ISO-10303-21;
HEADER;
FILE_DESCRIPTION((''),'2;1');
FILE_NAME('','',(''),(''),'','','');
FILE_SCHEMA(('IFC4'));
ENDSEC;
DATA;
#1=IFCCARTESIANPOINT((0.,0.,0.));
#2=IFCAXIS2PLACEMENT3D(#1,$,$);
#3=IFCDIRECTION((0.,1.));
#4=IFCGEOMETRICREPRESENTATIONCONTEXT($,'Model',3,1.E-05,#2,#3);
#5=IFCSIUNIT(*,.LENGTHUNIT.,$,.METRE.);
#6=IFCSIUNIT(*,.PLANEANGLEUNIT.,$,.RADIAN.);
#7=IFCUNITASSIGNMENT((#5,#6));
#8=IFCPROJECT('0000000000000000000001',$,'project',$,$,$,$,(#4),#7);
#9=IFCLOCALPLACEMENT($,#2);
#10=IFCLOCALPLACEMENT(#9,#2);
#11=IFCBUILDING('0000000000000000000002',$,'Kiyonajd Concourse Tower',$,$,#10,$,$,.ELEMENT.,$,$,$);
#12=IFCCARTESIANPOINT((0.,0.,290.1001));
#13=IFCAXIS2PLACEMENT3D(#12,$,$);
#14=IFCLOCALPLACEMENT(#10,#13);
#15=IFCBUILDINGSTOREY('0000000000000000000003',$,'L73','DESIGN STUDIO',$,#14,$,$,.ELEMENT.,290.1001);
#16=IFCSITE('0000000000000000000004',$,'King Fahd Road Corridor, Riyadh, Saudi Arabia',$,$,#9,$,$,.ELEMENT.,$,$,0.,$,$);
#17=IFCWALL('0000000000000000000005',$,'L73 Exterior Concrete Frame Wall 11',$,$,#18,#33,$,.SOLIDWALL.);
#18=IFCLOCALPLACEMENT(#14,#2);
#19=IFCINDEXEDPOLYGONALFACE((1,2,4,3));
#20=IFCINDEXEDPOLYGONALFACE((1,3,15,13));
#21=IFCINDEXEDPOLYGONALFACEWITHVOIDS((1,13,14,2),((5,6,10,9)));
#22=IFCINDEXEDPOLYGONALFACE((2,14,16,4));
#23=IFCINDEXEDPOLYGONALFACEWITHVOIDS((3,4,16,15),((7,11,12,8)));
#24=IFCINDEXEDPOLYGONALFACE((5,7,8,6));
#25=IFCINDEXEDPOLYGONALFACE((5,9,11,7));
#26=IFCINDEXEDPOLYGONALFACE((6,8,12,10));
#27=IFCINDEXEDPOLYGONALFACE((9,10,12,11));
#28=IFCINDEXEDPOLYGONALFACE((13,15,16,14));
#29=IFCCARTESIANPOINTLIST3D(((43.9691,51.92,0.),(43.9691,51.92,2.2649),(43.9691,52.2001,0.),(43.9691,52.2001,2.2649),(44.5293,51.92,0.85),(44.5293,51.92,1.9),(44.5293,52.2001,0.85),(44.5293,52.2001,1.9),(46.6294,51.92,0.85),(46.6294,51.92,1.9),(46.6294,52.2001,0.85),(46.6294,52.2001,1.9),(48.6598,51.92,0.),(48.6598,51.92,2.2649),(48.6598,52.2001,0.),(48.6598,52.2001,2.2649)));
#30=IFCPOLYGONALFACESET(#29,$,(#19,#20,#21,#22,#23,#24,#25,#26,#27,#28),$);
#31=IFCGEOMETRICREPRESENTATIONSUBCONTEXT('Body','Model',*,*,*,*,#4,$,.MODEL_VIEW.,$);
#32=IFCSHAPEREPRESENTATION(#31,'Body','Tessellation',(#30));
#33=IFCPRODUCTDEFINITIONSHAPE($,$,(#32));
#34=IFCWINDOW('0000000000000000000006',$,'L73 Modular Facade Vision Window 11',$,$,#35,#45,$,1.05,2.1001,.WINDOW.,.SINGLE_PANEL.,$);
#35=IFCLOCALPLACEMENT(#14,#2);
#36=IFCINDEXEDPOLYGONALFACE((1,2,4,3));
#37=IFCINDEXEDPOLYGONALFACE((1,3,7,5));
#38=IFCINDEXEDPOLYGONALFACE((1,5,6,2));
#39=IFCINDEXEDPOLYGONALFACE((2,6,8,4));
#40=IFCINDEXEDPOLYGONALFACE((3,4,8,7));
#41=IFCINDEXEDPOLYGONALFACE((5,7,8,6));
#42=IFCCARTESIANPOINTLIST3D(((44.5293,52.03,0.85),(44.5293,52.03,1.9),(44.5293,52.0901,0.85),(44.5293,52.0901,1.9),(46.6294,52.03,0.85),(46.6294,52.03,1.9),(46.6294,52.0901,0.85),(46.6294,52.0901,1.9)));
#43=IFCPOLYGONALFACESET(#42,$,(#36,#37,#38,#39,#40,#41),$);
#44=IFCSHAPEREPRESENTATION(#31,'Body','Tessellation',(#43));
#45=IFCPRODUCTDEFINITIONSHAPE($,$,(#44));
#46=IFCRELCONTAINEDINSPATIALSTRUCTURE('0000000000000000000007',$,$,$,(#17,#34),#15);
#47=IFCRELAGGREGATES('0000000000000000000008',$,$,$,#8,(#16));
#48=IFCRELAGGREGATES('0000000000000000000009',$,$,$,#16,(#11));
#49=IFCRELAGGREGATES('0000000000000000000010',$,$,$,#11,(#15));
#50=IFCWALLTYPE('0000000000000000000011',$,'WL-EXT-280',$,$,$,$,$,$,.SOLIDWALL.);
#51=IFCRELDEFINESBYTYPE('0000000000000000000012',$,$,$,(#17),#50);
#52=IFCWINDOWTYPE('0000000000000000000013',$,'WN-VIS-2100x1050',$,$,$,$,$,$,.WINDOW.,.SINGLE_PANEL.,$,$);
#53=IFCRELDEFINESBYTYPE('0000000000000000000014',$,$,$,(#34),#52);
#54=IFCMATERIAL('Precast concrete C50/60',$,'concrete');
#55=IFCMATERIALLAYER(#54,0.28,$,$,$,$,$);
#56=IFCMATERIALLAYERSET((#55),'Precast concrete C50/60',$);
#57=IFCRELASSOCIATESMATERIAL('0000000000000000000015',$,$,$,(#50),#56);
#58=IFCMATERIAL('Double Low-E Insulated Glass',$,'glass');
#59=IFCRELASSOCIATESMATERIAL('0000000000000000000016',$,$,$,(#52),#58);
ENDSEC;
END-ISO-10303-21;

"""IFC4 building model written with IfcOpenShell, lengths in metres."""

from ifc_helpers import new_model, si_unit, direction, frame, frame_2d, origin, place, context, subcontext, project, spatial, rectangle, extrude, material, layer, layer_set, type_object, element, fill, save


model = new_model("IFC4")

# Units and contexts
model_context = context("Model", 3, precision=1e-05, world=origin(), true_north=direction((0.0, 1.0)))
body_context = subcontext(model_context, "Body", "Model", "MODEL_VIEW")
ifc_project = project(units=[si_unit("LENGTHUNIT", "METRE"), si_unit("PLANEANGLEUNIT", "RADIAN")], contexts=[model_context])

# Site, building, storey
site_placement = place(None, origin())
site = spatial("IfcSite", under=ifc_project, at=site_placement, Name="King Fahd Road Corridor, Riyadh, Saudi Arabia", CompositionType="ELEMENT", RefElevation=0.0)
building_placement = place(site_placement, origin())
building = spatial("IfcBuilding", under=site, at=building_placement, Name="Kiyonajd Concourse Tower", CompositionType="ELEMENT")
storey_placement = place(building_placement, frame((0.0, 0.0, 290.1001)))
storey = spatial("IfcBuildingStorey", under=building, at=storey_placement, Name="L73", Description="DESIGN STUDIO", CompositionType="ELEMENT", Elevation=290.1001)

# Shared definitions
ifc_material_1 = material(Name="Double Low-E Insulated Glass", Category="glass")

# Shared definitions
ifc_material_2 = material(Name="Precast concrete C50/60", Category="concrete")
ifc_layer_1 = layer(ifc_material_2, 0.28)
ifc_layer_set_1 = layer_set([ifc_layer_1], Name="Precast concrete C50/60")
wall_type = type_object("IfcWallType", Name="WL-EXT-280", PredefinedType="SOLIDWALL", material=ifc_layer_set_1)

# Wall, opening, window
wall_1_placement = place(storey_placement, frame((43.9692, 52.0601, 0.0), z_axis=(0.0, 0.0, 1.0), x_axis=(1.0, 0.0, 0.0)))
wall_1 = element("IfcWall", 1, at=wall_1_placement, inside=storey, type_object=wall_type, Name="L73 Exterior Concrete Frame Wall 11", PredefinedType="SOLIDWALL", context=body_context, shape_type="SweptSolid", body=[
    extrude(rectangle(XDim=4.6907, YDim=0.28, at=frame_2d((2.3452, 0.0))), origin(), (0.0, 0.0, 1.0), 2.2649),
])
opening_placement = place(wall_1_placement, frame((0.5601, 0.0, 0.8501)))
opening = element("IfcOpeningElement", 2, at=opening_placement, cuts=wall_1, PredefinedType="OPENING", context=body_context, shape_type="SweptSolid", body=[
    extrude(rectangle(XDim=2.1001, YDim=1.05, at=frame_2d((1.05, 0.5249))), frame((0.0, 0.1499, 0.0), z_axis=(0.0, -1.0, 0.0), x_axis=(1.0, 0.0, 0.0)), (0.0, 0.0, 1.0), 0.3),
])
window_type = type_object("IfcWindowType", Name="WN-VIS-2100x1050", PartitioningType="SINGLE_PANEL", PredefinedType="WINDOW", material=ifc_material_1)
window_placement = place(opening_placement, origin())
window = element("IfcWindow", 3, at=window_placement, inside=storey, type_object=window_type, Name="L73 Modular Facade Vision Window 11", OverallHeight=1.05, OverallWidth=2.1001, PartitioningType="SINGLE_PANEL", PredefinedType="WINDOW", context=body_context, shape_type="SweptSolid", body=[
    extrude(rectangle(XDim=2.1001, YDim=1.05, at=frame_2d((1.05, 0.5249))), frame((0.0, 0.03, 0.0), z_axis=(0.0, -1.0, 0.0), x_axis=(1.0, 0.0, 0.0)), (0.0, 0.0, 1.0), 0.0601),
])
fill(opening, window)

save(model, "model.ifc")
